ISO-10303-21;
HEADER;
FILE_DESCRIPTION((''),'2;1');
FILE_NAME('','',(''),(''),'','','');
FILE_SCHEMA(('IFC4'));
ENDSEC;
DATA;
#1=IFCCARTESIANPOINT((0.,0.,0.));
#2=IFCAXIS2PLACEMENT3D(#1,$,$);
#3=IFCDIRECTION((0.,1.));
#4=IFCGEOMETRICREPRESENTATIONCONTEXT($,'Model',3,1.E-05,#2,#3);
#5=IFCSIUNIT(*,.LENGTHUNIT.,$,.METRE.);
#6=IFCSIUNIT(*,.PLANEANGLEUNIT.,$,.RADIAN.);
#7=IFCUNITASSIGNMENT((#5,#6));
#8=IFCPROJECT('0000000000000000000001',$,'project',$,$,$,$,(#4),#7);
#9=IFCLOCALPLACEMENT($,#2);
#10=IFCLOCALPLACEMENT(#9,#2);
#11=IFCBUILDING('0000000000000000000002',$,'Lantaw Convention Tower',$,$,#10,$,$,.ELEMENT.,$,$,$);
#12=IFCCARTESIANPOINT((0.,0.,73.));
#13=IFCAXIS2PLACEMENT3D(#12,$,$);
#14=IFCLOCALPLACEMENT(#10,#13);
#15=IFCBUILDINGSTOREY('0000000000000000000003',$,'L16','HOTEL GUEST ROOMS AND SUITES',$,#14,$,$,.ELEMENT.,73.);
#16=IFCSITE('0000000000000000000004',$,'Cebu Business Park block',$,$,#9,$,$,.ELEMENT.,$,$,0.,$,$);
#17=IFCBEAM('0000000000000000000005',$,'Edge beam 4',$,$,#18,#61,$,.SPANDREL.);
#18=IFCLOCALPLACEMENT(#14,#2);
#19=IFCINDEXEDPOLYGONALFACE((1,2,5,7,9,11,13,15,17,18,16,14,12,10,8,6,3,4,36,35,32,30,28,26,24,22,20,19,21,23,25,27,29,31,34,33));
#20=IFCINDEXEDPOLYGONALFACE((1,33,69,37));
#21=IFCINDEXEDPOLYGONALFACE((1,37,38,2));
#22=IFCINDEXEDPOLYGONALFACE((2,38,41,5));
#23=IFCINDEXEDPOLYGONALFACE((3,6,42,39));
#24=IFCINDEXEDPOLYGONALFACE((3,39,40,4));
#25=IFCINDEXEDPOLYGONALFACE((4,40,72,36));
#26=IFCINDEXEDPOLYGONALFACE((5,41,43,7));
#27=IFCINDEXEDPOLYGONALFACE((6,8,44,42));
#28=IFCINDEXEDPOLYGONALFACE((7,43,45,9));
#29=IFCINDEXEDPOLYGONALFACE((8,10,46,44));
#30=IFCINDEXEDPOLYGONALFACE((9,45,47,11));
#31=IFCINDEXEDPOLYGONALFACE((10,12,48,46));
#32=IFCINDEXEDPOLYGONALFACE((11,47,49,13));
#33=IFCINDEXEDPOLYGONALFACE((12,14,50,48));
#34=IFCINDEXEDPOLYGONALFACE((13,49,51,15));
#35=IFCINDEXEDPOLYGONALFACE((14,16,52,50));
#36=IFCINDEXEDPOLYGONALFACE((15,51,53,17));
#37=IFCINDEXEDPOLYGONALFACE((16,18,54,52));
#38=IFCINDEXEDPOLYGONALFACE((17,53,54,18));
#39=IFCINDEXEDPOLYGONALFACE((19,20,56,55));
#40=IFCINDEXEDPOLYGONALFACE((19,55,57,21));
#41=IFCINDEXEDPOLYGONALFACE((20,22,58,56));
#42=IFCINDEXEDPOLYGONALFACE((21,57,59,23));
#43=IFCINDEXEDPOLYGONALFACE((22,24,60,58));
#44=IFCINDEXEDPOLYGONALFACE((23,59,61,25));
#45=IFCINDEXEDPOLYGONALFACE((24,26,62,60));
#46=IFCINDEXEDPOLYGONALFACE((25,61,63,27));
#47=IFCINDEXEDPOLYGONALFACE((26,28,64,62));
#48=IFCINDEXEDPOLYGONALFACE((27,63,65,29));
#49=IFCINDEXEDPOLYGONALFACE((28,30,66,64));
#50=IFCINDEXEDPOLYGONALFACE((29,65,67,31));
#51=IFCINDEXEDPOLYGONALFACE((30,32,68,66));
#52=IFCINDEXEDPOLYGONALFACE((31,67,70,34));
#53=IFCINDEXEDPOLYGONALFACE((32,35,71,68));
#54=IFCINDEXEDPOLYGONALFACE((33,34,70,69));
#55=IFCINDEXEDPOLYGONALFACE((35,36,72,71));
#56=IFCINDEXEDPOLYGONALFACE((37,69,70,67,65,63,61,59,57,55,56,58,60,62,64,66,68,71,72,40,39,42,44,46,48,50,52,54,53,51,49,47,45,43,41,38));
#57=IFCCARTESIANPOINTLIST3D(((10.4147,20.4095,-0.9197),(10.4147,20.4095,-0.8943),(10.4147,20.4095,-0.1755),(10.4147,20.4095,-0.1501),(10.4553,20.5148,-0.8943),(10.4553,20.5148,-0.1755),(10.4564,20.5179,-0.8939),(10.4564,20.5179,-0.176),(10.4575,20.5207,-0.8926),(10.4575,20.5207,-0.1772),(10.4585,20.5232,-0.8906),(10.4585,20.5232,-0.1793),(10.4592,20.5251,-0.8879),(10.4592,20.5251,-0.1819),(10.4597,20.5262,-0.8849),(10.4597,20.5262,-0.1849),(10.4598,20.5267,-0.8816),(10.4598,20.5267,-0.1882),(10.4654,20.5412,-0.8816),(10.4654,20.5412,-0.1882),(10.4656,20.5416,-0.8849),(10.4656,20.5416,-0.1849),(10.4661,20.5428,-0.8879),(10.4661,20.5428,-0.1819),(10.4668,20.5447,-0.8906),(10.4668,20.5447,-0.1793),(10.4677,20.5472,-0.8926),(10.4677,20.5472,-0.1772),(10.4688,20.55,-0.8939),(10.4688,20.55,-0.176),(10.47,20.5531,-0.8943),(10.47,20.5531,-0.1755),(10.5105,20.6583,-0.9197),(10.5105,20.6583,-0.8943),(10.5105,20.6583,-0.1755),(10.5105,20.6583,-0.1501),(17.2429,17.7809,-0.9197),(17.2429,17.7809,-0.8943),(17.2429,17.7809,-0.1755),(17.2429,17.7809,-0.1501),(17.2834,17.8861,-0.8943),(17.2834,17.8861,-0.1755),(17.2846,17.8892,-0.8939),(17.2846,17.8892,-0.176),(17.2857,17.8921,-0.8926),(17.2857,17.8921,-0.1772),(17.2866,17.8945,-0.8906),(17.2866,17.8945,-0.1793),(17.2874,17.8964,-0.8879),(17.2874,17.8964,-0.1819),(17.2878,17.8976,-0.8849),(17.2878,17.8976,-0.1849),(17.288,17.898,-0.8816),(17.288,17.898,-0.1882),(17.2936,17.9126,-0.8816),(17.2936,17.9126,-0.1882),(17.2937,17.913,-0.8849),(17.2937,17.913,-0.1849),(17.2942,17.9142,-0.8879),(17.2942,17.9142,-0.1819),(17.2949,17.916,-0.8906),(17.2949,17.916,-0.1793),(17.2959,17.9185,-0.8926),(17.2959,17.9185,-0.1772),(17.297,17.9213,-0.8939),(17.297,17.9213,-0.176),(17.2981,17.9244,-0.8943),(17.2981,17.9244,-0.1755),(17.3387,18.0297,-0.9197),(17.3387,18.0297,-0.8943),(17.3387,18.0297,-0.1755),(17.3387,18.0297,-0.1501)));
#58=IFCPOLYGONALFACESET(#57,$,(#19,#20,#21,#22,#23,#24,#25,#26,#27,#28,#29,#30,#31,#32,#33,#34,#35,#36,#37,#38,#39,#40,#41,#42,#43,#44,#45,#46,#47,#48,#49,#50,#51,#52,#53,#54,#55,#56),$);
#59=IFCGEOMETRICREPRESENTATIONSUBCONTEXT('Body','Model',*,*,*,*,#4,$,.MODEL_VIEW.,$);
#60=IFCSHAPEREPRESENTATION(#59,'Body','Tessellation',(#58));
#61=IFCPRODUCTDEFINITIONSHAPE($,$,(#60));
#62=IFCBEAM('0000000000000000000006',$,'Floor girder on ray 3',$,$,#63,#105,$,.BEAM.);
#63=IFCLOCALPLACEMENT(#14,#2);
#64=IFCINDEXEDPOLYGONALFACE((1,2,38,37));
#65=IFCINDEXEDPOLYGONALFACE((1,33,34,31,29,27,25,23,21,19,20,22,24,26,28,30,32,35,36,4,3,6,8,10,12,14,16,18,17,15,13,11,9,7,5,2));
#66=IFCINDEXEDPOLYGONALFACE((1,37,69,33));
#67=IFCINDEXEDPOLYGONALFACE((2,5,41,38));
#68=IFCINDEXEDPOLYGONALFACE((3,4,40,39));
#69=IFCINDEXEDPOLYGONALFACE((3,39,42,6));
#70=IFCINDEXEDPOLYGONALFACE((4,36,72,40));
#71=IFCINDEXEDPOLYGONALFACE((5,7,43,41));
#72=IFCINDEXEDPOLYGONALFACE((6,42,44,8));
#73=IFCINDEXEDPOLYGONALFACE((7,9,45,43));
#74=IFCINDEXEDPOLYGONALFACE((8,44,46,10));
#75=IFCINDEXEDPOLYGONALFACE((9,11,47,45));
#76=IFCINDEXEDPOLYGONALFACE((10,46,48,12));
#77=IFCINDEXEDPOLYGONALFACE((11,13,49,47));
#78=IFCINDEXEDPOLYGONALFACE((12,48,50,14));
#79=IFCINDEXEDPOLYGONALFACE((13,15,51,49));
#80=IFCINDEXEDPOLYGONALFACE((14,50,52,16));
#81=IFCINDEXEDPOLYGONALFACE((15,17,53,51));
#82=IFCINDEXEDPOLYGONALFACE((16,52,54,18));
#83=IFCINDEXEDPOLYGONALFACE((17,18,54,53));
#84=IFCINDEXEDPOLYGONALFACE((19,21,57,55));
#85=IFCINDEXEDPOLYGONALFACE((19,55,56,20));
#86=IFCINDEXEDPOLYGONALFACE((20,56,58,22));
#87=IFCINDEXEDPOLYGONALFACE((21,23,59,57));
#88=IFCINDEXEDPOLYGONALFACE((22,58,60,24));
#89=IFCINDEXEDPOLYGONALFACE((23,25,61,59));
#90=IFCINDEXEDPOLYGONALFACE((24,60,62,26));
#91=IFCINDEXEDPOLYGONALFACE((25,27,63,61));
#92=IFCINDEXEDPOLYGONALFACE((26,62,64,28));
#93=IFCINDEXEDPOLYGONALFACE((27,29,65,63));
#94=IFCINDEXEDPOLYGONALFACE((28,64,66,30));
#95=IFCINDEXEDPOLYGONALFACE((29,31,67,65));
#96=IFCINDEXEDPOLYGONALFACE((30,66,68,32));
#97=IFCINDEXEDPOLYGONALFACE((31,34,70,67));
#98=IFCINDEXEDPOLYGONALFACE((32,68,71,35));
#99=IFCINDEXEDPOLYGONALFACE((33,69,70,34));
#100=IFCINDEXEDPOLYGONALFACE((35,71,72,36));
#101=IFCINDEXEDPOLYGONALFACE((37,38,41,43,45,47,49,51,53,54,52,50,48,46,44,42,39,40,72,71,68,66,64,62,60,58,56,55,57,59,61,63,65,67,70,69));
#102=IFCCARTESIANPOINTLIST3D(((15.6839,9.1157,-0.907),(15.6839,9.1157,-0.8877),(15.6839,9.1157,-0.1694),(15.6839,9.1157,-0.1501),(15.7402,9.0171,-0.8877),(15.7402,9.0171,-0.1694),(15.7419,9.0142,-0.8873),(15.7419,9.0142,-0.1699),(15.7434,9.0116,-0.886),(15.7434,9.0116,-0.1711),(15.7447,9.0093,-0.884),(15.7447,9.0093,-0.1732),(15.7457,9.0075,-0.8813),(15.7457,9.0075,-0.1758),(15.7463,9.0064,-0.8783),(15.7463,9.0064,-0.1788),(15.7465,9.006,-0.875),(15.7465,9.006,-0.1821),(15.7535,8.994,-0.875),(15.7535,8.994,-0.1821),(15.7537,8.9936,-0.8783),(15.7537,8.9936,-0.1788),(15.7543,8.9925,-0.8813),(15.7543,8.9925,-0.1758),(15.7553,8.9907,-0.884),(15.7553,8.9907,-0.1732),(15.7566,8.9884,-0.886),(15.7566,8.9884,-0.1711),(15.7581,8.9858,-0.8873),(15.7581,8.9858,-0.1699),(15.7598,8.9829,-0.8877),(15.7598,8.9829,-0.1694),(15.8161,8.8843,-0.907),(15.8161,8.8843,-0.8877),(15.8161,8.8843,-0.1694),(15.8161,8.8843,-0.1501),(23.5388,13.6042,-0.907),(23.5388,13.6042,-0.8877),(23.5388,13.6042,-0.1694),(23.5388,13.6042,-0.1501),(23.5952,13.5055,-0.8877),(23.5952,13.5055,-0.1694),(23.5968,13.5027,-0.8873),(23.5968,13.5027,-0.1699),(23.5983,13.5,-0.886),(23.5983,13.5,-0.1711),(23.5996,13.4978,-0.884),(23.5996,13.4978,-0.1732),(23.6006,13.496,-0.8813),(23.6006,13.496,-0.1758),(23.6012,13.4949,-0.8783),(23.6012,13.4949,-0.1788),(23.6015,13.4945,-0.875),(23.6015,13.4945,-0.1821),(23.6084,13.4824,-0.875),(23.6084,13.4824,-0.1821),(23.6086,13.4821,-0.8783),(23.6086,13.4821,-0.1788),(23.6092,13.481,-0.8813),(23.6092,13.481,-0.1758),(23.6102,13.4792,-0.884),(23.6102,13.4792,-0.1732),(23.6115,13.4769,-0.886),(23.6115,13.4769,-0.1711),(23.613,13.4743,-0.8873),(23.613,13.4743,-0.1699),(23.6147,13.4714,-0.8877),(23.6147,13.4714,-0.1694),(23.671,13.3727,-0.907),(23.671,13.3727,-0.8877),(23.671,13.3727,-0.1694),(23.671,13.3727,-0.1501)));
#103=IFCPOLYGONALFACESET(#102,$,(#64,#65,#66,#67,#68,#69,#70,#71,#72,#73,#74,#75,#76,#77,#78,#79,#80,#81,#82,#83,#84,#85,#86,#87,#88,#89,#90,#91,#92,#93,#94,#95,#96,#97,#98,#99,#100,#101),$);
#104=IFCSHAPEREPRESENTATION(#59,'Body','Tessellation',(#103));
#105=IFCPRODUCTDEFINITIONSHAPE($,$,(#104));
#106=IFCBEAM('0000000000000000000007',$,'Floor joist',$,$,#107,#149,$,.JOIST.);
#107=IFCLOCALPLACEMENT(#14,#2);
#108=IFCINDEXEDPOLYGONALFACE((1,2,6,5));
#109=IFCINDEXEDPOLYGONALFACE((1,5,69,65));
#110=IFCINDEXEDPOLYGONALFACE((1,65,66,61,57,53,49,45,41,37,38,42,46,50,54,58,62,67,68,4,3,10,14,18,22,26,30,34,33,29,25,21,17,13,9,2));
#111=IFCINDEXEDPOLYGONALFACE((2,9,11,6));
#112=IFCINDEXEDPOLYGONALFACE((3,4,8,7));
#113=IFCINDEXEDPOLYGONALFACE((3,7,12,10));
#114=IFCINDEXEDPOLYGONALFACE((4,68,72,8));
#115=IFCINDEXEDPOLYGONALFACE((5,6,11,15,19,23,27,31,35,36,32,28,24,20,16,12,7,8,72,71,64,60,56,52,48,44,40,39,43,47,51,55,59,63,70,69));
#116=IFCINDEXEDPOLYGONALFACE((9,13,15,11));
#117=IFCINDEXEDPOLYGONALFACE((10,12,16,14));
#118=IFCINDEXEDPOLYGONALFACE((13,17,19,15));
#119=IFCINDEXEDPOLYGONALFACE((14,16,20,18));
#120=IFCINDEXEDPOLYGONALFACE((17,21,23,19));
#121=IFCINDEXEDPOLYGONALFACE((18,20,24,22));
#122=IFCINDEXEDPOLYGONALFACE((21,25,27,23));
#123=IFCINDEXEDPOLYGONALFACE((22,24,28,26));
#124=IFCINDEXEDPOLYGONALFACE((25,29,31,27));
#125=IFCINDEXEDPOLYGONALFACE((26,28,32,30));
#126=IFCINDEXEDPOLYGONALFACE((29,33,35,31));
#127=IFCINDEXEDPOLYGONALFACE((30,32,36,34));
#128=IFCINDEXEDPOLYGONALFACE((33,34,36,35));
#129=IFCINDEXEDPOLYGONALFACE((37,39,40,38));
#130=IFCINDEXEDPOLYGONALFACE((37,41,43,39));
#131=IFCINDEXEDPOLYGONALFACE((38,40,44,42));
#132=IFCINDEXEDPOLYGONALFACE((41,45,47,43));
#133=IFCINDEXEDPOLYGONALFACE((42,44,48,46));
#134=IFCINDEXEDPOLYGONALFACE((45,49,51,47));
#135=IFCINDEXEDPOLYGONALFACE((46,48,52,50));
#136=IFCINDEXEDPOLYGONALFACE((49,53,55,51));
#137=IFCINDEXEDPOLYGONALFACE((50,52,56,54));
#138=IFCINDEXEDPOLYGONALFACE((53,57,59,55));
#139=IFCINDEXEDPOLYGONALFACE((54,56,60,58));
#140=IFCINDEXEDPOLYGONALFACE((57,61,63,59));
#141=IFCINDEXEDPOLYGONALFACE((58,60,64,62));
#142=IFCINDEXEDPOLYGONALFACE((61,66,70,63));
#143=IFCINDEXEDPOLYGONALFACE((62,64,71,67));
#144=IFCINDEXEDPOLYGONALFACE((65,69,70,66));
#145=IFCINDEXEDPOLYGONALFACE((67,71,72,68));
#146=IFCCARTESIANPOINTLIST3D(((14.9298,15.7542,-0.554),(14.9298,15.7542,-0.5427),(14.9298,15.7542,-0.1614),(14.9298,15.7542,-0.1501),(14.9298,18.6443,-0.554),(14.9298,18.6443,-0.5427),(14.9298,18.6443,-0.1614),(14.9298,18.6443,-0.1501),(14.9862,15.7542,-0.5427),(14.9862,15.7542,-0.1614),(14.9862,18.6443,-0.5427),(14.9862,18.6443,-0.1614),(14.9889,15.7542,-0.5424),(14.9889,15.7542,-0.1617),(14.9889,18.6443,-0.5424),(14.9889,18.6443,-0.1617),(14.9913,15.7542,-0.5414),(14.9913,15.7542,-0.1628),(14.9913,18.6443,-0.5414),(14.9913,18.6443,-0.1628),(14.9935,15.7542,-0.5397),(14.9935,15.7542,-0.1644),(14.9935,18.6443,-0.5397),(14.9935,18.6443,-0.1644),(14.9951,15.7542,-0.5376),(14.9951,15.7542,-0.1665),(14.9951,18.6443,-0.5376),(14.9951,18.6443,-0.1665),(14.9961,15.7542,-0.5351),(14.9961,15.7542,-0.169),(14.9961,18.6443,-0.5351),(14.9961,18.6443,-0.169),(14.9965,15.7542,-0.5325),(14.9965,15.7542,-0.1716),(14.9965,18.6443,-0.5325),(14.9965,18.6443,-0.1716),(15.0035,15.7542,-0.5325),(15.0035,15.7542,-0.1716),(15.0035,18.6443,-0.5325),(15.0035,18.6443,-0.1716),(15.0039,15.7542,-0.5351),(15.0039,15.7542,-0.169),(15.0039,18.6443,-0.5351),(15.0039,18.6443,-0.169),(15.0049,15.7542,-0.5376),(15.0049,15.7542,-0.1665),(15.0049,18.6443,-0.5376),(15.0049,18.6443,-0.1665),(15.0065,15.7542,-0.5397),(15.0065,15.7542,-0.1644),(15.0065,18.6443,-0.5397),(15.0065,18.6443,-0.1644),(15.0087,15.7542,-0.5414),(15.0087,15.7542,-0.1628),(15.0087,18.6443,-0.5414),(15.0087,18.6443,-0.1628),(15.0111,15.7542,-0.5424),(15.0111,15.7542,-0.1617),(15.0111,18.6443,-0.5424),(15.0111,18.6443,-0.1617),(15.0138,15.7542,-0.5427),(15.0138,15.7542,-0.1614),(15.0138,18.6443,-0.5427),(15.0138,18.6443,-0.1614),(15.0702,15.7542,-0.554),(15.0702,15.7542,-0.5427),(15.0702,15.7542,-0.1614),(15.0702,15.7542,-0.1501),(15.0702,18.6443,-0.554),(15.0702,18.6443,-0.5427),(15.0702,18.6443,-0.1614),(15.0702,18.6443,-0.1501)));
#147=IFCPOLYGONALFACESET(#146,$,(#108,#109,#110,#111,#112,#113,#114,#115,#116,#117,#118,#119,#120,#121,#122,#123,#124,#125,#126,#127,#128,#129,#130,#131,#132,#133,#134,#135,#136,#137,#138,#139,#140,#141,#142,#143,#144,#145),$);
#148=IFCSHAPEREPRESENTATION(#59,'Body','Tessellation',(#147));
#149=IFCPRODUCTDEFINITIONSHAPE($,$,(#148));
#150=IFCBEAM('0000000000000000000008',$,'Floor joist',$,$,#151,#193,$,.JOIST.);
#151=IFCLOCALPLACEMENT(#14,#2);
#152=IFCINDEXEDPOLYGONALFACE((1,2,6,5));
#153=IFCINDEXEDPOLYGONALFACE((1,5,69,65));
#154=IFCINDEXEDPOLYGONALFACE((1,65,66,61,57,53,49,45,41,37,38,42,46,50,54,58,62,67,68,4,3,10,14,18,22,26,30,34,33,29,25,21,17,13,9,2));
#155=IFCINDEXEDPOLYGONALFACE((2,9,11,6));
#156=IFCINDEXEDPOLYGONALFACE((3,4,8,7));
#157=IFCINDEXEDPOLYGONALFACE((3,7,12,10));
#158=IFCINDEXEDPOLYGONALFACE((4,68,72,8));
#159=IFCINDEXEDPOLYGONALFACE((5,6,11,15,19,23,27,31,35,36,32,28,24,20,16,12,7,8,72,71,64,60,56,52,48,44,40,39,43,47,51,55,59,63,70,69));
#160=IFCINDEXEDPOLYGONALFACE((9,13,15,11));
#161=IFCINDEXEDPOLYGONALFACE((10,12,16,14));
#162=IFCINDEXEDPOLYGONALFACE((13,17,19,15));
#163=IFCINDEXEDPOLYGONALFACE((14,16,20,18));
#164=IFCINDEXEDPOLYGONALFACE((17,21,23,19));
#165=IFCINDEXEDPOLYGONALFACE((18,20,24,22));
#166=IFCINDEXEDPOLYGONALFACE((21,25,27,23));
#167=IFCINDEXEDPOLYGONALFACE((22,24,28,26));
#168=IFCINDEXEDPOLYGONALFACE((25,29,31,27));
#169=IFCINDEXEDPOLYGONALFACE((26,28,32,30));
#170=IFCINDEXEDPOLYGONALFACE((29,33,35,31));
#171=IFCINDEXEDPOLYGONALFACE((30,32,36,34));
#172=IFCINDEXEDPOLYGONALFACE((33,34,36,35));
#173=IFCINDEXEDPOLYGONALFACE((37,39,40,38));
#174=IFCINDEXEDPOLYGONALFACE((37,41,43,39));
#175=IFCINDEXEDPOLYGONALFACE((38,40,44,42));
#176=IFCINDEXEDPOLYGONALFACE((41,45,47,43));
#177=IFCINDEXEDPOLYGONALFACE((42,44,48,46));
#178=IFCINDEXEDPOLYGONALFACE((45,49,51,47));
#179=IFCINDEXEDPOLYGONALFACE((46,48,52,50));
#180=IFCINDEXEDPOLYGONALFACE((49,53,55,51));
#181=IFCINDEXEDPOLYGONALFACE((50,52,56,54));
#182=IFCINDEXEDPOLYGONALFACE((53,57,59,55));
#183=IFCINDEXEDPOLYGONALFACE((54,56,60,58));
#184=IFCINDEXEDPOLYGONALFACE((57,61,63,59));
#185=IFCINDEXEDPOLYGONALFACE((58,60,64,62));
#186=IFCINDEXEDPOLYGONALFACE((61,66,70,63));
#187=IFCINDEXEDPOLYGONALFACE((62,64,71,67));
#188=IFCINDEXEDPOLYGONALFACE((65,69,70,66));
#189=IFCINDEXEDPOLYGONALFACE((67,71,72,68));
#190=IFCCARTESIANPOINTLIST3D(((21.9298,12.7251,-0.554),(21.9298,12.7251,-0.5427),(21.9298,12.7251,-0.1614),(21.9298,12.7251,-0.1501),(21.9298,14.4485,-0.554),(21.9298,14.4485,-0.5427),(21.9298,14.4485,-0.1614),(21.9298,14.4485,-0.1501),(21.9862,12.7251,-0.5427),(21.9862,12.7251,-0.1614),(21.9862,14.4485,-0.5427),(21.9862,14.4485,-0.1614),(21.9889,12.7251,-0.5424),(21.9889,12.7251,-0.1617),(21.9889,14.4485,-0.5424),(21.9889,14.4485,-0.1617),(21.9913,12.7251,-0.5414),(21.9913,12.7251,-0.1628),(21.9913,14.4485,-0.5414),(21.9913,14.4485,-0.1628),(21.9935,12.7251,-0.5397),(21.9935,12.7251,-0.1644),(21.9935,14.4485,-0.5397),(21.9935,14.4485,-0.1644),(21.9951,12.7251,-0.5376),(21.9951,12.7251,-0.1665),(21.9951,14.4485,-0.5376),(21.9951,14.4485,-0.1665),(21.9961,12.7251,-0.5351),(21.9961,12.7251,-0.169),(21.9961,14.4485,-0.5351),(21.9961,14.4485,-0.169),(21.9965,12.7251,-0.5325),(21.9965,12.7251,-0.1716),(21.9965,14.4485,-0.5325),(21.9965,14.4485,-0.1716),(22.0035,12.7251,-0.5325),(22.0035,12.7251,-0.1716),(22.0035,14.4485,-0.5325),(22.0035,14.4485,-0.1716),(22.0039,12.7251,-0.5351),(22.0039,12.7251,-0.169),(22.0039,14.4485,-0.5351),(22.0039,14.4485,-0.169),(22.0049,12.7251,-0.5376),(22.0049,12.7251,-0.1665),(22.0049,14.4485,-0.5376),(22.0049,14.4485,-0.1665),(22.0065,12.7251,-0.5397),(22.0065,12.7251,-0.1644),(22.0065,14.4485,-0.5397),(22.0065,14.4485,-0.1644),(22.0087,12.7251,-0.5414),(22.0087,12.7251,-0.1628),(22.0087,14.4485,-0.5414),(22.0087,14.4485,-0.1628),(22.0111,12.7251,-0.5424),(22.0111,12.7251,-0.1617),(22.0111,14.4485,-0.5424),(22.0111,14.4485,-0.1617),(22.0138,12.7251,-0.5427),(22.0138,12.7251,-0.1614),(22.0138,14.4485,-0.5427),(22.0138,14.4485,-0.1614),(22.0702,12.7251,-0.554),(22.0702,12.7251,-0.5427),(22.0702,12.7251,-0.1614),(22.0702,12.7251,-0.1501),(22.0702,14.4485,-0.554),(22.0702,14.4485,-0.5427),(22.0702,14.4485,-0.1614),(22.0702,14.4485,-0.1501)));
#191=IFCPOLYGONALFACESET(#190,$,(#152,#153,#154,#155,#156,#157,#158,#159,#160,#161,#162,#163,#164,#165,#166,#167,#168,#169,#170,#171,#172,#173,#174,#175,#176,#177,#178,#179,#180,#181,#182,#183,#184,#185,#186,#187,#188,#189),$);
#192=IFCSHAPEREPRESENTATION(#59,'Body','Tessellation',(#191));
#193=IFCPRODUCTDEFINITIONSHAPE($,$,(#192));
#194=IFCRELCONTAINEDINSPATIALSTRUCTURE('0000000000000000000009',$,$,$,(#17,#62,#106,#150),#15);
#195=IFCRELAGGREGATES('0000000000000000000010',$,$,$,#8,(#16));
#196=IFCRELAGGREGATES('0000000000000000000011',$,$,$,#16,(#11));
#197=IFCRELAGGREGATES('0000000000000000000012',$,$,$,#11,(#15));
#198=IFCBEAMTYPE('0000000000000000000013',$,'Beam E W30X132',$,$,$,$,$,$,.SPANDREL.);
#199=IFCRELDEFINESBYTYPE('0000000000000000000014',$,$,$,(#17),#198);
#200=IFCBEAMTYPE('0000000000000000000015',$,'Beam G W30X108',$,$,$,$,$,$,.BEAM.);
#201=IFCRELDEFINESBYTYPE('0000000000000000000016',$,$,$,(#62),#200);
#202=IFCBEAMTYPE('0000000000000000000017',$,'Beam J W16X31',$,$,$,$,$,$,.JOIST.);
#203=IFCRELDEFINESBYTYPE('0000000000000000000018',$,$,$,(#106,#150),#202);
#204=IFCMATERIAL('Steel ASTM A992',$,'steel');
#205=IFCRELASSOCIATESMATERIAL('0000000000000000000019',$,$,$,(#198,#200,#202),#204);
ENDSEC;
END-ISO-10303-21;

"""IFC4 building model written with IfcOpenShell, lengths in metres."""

from ifc_helpers import new_model, si_unit, direction, frame, origin, origin_2d, place, context, subcontext, project, spatial, i_section, extrude, material, material_profile, profile_set, type_object, element, save


model = new_model("IFC4")

# Units and contexts
model_context = context("Model", 3, precision=1e-05, world=origin(), true_north=direction((0.0, 1.0)))
body_context = subcontext(model_context, "Body", "Model", "MODEL_VIEW")
ifc_project = project(units=[si_unit("LENGTHUNIT", "METRE"), si_unit("PLANEANGLEUNIT", "RADIAN")], contexts=[model_context])

# Site, building, storey
site_placement = place(None, origin())
site = spatial("IfcSite", under=ifc_project, at=site_placement, Name="Cebu Business Park block", CompositionType="ELEMENT", RefElevation=0.0)
building_placement = place(site_placement, origin())
building = spatial("IfcBuilding", under=site, at=building_placement, Name="Lantaw Convention Tower", CompositionType="ELEMENT")
storey_placement = place(building_placement, frame((0.0, 0.0, 73.0)))
storey = spatial("IfcBuildingStorey", under=building, at=storey_placement, Name="L16", Description="HOTEL GUEST ROOMS AND SUITES", CompositionType="ELEMENT", Elevation=73.0)

# Beams
ifc_material_1 = material(Name="Steel ASTM A992", Category="steel")
ifc_material_profile_1 = material_profile(ifc_material_1, i_section(OverallWidth=0.2666, OverallDepth=0.7695, WebThickness=0.0156, FlangeThickness=0.0254, FilletRadius=0.0127, at=origin_2d()), Name="W30X132")
ifc_profile_set_1 = profile_set([ifc_material_profile_1], Name="Steel ASTM A992")
beam_type_1 = type_object("IfcBeamType", Name="Beam E W30X132", PredefinedType="SPANDREL", material=ifc_profile_set_1)
beam_1_placement = place(storey_placement, frame((17.2908, 17.9053, -0.5349), z_axis=(-0.933233, 0.359272, 0.0), x_axis=(-0.359272, -0.933233, 0.0)))
element("IfcBeam", 1, at=beam_1_placement, inside=storey, type_object=beam_type_1, Name="Edge beam 4", PredefinedType="SPANDREL", context=body_context, shape_type="SweptSolid", body=[
    extrude(i_section(OverallWidth=0.2666, OverallDepth=0.7695, WebThickness=0.0156, FlangeThickness=0.0254, FilletRadius=0.0127, at=origin_2d()), origin(), (0.0, 0.0, 1.0), 7.3167),
])
ifc_material_profile_2 = material_profile(ifc_material_1, i_section(OverallWidth=0.2666, OverallDepth=0.7568, WebThickness=0.0139, FlangeThickness=0.0193, FilletRadius=0.0127, at=origin_2d()), Name="W30X108")
ifc_profile_set_2 = profile_set([ifc_material_profile_2], Name="Steel ASTM A992")
beam_type_2 = type_object("IfcBeamType", Name="Beam G W30X108", PredefinedType="BEAM", material=ifc_profile_set_2)
beam_2_placement = place(storey_placement, frame((15.75, 9.0, -0.5286), z_axis=(0.868245, 0.496136, 0.0), x_axis=(-0.496136, 0.868245, 0.0)))
element("IfcBeam", 2, at=beam_2_placement, inside=storey, type_object=beam_type_2, Name="Floor girder on ray 3", PredefinedType="BEAM", context=body_context, shape_type="SweptSolid", body=[
    extrude(i_section(OverallWidth=0.2666, OverallDepth=0.7568, WebThickness=0.0139, FlangeThickness=0.0193, FilletRadius=0.0127, at=origin_2d()), origin(), (0.0, 0.0, 1.0), 9.0469),
])
ifc_material_profile_3 = material_profile(ifc_material_1, i_section(OverallWidth=0.1404, OverallDepth=0.4038, WebThickness=0.0071, FlangeThickness=0.0112, FilletRadius=0.0103, at=origin_2d()), Name="W16X31")
ifc_profile_set_3 = profile_set([ifc_material_profile_3], Name="Steel ASTM A992")
beam_type_3 = type_object("IfcBeamType", Name="Beam J W16X31", PredefinedType="JOIST", material=ifc_profile_set_3)
beam_3_placement = place(storey_placement, frame((15.0, 15.7542, -0.3521), z_axis=(0.0, 1.0, 0.0), x_axis=(-1.0, 0.0, 0.0)))
element("IfcBeam", 3, at=beam_3_placement, inside=storey, type_object=beam_type_3, Name="Floor joist", PredefinedType="JOIST", context=body_context, shape_type="SweptSolid", body=[
    extrude(i_section(OverallWidth=0.1404, OverallDepth=0.4038, WebThickness=0.0071, FlangeThickness=0.0112, FilletRadius=0.0103, at=origin_2d()), origin(), (0.0, 0.0, 1.0), 2.8901),
])
beam_4_placement = place(storey_placement, frame((22.0, 12.7251, -0.3521), z_axis=(0.0, 1.0, 0.0), x_axis=(-1.0, 0.0, 0.0)))
element("IfcBeam", 4, at=beam_4_placement, inside=storey, type_object=beam_type_3, Name="Floor joist", PredefinedType="JOIST", context=body_context, shape_type="SweptSolid", body=[
    extrude(i_section(OverallWidth=0.1404, OverallDepth=0.4038, WebThickness=0.0071, FlangeThickness=0.0112, FilletRadius=0.0103, at=origin_2d()), origin(), (0.0, 0.0, 1.0), 1.7234),
])

save(model, "model.ifc")
